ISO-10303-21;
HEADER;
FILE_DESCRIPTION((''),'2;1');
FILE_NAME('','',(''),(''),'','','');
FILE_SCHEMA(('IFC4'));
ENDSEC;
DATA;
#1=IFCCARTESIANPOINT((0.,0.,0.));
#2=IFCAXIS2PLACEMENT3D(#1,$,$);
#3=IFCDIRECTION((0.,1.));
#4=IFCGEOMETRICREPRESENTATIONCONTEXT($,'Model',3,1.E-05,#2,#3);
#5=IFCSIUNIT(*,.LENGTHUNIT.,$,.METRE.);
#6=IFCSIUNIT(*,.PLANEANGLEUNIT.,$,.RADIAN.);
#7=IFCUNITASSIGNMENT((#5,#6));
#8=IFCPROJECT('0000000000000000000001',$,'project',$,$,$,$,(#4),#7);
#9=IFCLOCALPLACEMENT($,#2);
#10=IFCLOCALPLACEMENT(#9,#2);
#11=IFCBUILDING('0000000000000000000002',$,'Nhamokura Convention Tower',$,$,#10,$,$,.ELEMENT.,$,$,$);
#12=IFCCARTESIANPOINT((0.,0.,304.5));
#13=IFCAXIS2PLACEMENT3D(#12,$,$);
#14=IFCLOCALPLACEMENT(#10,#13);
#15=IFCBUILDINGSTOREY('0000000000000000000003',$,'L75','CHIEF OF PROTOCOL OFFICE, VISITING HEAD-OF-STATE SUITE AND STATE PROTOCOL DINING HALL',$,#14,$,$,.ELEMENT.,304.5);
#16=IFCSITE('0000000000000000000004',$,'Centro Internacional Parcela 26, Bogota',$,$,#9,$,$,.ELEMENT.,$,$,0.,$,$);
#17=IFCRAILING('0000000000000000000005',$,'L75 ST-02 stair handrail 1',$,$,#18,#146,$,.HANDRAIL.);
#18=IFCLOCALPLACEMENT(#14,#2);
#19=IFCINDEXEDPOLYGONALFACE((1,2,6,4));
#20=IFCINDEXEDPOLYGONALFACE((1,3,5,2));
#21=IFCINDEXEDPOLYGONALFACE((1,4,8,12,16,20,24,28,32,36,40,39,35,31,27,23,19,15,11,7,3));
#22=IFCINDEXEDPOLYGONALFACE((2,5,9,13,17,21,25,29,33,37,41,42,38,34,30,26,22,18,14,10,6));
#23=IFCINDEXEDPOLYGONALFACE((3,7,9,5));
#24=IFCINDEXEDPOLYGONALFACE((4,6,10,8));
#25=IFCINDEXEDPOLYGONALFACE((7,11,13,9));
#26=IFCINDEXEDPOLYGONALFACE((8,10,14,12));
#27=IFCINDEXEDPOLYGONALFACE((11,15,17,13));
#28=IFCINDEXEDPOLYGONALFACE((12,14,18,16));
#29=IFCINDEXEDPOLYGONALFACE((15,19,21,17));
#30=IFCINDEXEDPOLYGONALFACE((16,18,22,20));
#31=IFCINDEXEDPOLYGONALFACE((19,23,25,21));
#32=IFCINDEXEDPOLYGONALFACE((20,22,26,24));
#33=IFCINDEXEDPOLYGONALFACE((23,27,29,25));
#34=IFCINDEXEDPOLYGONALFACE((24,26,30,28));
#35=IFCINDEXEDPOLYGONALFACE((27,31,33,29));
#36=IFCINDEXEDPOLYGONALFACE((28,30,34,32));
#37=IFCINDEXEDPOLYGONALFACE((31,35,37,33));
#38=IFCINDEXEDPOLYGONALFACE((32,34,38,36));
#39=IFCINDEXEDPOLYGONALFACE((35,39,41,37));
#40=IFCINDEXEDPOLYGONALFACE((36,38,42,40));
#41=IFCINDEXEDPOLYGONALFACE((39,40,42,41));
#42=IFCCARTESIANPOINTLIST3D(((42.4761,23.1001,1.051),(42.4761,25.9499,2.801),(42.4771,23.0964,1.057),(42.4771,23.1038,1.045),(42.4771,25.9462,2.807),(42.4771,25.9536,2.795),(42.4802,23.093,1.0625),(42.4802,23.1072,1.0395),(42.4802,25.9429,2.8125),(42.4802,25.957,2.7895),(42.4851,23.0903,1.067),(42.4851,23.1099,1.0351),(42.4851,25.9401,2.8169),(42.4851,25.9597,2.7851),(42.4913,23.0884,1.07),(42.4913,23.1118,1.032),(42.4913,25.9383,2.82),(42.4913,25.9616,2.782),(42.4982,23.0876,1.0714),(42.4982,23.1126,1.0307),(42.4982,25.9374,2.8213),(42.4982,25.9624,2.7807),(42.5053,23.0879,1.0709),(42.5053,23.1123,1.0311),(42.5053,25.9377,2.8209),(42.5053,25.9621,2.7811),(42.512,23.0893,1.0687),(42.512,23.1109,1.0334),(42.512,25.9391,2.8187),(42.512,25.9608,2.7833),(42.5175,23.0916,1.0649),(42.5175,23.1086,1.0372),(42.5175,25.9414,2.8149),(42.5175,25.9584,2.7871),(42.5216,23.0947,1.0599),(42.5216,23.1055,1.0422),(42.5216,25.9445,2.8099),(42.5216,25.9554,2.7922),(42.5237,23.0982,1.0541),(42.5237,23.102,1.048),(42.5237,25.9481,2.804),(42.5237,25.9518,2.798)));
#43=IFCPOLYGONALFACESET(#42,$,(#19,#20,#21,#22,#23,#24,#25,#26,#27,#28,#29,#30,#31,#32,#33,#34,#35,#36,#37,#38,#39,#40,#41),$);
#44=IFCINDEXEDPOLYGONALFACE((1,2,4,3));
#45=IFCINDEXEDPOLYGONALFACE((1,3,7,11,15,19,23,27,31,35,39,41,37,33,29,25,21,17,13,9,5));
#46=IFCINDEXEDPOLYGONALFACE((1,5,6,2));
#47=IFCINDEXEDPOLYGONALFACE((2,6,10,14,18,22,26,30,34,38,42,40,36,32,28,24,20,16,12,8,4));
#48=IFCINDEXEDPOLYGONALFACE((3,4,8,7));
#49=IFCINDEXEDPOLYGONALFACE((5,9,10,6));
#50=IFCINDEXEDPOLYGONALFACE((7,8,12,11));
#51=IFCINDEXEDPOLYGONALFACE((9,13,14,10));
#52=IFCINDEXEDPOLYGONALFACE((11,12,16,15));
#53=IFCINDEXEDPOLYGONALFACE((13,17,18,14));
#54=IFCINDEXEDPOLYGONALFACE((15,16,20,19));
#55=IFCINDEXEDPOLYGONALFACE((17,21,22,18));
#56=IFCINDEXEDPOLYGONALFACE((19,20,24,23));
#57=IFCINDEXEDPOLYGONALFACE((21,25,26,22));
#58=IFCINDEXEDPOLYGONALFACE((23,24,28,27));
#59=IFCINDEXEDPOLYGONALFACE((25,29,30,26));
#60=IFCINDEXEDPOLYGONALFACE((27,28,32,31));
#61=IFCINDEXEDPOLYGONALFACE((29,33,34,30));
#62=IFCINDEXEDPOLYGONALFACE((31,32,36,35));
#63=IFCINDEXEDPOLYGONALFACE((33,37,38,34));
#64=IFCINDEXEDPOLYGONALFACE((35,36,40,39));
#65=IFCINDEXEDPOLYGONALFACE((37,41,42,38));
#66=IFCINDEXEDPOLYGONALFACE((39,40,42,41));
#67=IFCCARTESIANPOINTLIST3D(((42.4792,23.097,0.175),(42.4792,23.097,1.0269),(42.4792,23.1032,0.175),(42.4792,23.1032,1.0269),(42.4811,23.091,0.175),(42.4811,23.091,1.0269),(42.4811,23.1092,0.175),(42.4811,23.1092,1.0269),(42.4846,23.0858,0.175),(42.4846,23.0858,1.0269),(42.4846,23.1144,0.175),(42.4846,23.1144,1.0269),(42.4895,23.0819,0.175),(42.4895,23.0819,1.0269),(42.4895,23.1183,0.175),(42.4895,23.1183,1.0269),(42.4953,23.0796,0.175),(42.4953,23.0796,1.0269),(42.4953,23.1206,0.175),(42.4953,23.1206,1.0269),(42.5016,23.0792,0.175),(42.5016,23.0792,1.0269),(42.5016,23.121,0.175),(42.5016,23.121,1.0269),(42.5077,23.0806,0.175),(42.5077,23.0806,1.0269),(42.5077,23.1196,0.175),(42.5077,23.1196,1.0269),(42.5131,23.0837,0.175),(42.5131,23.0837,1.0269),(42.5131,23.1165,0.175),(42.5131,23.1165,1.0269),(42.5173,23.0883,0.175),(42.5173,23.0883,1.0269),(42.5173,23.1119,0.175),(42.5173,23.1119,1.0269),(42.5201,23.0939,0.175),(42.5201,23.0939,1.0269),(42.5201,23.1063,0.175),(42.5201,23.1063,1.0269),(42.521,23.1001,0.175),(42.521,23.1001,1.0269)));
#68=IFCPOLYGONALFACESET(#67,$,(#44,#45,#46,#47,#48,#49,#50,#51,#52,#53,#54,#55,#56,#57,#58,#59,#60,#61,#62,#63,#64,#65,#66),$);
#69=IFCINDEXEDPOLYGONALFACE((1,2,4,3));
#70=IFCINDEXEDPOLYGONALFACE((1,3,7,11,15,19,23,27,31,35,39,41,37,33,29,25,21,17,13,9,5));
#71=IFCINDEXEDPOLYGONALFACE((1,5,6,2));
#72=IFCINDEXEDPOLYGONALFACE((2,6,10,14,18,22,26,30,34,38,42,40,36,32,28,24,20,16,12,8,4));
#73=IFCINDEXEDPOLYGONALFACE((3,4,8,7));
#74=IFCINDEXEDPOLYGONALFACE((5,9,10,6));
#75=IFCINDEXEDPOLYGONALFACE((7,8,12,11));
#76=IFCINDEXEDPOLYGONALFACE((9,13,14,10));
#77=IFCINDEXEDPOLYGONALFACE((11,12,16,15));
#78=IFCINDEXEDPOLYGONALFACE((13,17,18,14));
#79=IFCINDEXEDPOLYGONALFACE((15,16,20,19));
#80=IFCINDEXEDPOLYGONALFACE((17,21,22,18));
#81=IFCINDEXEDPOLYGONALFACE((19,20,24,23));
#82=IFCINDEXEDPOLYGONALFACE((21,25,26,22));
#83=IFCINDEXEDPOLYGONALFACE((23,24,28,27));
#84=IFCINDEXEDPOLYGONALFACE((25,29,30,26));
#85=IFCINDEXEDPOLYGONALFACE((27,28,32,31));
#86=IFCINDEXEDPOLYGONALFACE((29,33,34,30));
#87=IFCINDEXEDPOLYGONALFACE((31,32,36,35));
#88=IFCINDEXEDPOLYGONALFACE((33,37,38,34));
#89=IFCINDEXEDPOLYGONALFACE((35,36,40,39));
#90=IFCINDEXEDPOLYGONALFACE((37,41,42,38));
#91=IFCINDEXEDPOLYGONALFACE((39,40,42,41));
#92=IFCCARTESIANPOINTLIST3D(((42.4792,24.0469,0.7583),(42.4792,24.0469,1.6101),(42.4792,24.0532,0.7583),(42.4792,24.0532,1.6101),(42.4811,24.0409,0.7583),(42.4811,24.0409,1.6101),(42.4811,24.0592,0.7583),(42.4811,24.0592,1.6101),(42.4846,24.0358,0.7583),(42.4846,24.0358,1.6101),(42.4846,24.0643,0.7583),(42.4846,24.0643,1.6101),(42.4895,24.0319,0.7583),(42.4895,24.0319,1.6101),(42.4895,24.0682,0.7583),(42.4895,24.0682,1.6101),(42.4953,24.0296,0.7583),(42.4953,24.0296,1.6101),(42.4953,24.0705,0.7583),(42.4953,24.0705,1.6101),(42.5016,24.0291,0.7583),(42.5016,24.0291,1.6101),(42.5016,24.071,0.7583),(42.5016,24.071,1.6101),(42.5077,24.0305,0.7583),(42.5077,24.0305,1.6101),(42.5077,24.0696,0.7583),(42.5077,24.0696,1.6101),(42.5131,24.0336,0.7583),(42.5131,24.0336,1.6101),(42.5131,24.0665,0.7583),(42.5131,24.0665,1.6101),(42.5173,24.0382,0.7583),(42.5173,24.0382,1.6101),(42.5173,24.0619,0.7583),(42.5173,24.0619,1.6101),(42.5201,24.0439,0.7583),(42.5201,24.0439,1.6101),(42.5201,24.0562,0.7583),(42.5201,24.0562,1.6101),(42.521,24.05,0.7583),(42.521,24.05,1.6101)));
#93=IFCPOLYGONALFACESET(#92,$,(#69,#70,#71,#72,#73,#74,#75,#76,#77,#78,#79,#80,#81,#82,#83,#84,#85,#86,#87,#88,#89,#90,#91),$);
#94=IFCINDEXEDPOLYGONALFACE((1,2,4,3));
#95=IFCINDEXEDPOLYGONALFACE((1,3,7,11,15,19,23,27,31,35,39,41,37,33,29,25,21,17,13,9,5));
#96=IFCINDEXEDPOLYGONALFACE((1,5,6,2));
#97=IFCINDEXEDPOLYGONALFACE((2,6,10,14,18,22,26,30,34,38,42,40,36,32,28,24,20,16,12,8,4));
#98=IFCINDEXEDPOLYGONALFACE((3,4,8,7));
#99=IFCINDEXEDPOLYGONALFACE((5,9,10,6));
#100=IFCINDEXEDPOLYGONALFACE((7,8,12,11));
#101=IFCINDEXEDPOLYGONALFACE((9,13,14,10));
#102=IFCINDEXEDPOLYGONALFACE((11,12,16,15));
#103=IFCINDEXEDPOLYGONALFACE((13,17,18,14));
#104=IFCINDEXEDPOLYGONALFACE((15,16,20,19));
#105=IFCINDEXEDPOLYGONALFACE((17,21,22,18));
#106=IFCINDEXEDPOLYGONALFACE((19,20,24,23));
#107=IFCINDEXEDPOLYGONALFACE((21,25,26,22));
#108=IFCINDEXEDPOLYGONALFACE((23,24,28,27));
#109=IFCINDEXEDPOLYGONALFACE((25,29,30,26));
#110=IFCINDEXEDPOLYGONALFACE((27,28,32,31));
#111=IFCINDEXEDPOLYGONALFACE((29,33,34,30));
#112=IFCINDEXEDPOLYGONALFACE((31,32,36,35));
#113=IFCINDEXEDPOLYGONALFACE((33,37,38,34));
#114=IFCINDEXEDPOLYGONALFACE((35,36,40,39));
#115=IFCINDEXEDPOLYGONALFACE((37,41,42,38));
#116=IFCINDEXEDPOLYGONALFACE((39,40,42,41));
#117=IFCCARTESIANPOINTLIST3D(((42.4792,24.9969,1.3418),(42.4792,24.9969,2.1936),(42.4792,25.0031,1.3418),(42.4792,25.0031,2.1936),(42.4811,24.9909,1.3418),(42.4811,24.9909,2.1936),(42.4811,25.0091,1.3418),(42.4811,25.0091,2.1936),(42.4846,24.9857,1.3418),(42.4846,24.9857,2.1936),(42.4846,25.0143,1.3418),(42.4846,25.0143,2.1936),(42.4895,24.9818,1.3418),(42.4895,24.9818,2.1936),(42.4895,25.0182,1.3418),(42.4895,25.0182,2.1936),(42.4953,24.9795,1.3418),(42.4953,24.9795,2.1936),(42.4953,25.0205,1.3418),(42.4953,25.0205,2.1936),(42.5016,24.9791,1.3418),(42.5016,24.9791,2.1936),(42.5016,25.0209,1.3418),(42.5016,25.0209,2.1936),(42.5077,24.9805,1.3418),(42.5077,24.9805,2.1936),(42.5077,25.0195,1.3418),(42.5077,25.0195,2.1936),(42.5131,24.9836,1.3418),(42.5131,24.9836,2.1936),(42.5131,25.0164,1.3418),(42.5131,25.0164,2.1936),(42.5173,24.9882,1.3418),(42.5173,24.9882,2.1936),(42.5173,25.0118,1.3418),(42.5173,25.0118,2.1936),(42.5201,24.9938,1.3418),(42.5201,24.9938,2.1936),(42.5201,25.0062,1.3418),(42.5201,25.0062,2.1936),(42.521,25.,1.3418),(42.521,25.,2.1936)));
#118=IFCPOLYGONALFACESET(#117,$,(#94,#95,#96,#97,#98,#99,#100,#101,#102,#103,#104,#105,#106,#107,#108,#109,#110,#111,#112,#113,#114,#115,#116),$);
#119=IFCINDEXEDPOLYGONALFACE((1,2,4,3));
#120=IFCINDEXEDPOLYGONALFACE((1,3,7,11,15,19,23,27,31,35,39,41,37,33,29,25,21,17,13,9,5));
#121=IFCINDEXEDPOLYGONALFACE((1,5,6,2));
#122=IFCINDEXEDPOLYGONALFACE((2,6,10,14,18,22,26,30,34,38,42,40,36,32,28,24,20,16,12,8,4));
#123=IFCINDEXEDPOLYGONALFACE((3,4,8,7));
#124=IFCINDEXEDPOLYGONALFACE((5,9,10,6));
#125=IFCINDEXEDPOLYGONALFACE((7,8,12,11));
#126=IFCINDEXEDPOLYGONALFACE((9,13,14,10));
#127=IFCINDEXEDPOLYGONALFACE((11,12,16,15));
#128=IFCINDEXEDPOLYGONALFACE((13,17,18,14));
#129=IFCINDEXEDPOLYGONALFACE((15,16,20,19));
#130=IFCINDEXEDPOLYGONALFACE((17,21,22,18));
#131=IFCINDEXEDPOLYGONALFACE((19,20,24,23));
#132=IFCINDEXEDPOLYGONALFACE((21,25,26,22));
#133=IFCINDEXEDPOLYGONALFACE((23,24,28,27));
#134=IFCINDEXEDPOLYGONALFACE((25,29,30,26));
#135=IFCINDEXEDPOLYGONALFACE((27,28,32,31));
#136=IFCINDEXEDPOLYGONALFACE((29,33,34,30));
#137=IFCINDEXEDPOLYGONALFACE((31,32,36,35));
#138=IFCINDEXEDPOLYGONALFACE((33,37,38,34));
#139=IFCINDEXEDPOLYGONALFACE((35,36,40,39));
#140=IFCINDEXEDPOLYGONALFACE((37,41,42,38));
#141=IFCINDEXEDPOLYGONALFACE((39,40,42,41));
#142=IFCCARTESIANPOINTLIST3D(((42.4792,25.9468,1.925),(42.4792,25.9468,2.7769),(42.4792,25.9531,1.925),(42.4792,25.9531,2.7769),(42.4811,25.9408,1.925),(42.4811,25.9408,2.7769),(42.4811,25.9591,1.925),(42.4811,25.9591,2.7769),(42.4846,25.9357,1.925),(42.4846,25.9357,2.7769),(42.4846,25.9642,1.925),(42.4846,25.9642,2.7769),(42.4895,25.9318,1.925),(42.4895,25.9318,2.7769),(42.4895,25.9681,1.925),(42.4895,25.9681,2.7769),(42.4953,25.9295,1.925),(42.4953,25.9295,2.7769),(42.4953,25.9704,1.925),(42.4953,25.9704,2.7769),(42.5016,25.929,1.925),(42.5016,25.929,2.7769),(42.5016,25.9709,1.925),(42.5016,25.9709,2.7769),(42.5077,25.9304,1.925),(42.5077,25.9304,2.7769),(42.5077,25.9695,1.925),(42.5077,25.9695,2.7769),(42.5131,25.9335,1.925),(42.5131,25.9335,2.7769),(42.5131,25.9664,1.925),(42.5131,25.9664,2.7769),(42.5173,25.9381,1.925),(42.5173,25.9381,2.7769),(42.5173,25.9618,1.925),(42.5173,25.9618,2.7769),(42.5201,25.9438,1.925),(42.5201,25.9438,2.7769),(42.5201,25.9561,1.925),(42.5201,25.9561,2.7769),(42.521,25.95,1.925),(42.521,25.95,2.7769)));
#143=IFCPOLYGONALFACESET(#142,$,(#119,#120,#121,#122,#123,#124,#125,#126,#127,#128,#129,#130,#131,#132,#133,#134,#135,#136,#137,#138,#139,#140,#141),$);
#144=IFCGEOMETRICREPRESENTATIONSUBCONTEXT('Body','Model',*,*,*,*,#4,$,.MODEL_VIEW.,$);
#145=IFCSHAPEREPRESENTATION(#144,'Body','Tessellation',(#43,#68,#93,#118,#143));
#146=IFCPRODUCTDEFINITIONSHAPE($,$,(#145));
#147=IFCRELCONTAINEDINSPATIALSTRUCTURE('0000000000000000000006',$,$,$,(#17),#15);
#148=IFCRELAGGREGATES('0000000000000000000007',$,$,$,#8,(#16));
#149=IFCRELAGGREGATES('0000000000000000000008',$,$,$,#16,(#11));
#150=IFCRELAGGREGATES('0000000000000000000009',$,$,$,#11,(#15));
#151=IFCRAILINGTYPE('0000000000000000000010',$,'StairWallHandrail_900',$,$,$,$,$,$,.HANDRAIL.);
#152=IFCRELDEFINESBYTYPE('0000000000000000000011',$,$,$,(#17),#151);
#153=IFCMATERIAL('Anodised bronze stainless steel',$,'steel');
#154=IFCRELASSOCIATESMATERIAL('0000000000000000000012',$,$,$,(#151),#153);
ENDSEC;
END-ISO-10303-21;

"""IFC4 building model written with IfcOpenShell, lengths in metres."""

from ifc_helpers import new_model, si_unit, direction, frame, origin, origin_2d, place, context, subcontext, project, spatial, circle, extrude, material, type_object, element, save


model = new_model("IFC4")

# Units and contexts
model_context = context("Model", 3, precision=1e-05, world=origin(), true_north=direction((0.0, 1.0)))
body_context = subcontext(model_context, "Body", "Model", "MODEL_VIEW")
ifc_project = project(units=[si_unit("LENGTHUNIT", "METRE"), si_unit("PLANEANGLEUNIT", "RADIAN")], contexts=[model_context])

# Site, building, storey
site_placement = place(None, origin())
site = spatial("IfcSite", under=ifc_project, at=site_placement, Name="Centro Internacional Parcela 26, Bogota", CompositionType="ELEMENT", RefElevation=0.0)
building_placement = place(site_placement, origin())
building = spatial("IfcBuilding", under=site, at=building_placement, Name="Nhamokura Convention Tower", CompositionType="ELEMENT")
storey_placement = place(building_placement, frame((0.0, 0.0, 304.5)))
storey = spatial("IfcBuildingStorey", under=building, at=storey_placement, Name="L75", Description="CHIEF OF PROTOCOL OFFICE, VISITING HEAD-OF-STATE SUITE AND STATE PROTOCOL DINING HALL", CompositionType="ELEMENT", Elevation=304.5)

# Railing
ifc_material_1 = material(Name="Anodised bronze stainless steel", Category="steel")
railing_type_1 = type_object("IfcRailingType", Name="StairWallHandrail_900", PredefinedType="HANDRAIL", material=ifc_material_1)
railing_1_placement = place(storey_placement, frame((42.5, 23.1001, 0.175)))
element("IfcRailing", 1, at=railing_1_placement, inside=storey, type_object=railing_type_1, Name="L75 ST-02 stair handrail 1", PredefinedType="HANDRAIL", context=body_context, shape_type="SweptSolid", body=[
    extrude(circle(Radius=0.0239, at=origin_2d()), frame((0.0, 0.0, 0.876), z_axis=(0.0, 0.852159, 0.523283), x_axis=(-1.0, 0.0, 0.0)), (0.0, 0.0, 1.0), 3.3442),
    extrude(circle(Radius=0.021, at=origin_2d()), origin(), (0.0, 0.0, 1.0), 0.8518),
    extrude(circle(Radius=0.021, at=origin_2d()), frame((0.0, 0.95, 0.5833)), (0.0, 0.0, 1.0), 0.8518),
    extrude(circle(Radius=0.021, at=origin_2d()), frame((0.0, 1.8999, 1.1667)), (0.0, 0.0, 1.0), 0.8518),
    extrude(circle(Radius=0.021, at=origin_2d()), frame((0.0, 2.8499, 1.75)), (0.0, 0.0, 1.0), 0.8518),
])

save(model, "model.ifc")
